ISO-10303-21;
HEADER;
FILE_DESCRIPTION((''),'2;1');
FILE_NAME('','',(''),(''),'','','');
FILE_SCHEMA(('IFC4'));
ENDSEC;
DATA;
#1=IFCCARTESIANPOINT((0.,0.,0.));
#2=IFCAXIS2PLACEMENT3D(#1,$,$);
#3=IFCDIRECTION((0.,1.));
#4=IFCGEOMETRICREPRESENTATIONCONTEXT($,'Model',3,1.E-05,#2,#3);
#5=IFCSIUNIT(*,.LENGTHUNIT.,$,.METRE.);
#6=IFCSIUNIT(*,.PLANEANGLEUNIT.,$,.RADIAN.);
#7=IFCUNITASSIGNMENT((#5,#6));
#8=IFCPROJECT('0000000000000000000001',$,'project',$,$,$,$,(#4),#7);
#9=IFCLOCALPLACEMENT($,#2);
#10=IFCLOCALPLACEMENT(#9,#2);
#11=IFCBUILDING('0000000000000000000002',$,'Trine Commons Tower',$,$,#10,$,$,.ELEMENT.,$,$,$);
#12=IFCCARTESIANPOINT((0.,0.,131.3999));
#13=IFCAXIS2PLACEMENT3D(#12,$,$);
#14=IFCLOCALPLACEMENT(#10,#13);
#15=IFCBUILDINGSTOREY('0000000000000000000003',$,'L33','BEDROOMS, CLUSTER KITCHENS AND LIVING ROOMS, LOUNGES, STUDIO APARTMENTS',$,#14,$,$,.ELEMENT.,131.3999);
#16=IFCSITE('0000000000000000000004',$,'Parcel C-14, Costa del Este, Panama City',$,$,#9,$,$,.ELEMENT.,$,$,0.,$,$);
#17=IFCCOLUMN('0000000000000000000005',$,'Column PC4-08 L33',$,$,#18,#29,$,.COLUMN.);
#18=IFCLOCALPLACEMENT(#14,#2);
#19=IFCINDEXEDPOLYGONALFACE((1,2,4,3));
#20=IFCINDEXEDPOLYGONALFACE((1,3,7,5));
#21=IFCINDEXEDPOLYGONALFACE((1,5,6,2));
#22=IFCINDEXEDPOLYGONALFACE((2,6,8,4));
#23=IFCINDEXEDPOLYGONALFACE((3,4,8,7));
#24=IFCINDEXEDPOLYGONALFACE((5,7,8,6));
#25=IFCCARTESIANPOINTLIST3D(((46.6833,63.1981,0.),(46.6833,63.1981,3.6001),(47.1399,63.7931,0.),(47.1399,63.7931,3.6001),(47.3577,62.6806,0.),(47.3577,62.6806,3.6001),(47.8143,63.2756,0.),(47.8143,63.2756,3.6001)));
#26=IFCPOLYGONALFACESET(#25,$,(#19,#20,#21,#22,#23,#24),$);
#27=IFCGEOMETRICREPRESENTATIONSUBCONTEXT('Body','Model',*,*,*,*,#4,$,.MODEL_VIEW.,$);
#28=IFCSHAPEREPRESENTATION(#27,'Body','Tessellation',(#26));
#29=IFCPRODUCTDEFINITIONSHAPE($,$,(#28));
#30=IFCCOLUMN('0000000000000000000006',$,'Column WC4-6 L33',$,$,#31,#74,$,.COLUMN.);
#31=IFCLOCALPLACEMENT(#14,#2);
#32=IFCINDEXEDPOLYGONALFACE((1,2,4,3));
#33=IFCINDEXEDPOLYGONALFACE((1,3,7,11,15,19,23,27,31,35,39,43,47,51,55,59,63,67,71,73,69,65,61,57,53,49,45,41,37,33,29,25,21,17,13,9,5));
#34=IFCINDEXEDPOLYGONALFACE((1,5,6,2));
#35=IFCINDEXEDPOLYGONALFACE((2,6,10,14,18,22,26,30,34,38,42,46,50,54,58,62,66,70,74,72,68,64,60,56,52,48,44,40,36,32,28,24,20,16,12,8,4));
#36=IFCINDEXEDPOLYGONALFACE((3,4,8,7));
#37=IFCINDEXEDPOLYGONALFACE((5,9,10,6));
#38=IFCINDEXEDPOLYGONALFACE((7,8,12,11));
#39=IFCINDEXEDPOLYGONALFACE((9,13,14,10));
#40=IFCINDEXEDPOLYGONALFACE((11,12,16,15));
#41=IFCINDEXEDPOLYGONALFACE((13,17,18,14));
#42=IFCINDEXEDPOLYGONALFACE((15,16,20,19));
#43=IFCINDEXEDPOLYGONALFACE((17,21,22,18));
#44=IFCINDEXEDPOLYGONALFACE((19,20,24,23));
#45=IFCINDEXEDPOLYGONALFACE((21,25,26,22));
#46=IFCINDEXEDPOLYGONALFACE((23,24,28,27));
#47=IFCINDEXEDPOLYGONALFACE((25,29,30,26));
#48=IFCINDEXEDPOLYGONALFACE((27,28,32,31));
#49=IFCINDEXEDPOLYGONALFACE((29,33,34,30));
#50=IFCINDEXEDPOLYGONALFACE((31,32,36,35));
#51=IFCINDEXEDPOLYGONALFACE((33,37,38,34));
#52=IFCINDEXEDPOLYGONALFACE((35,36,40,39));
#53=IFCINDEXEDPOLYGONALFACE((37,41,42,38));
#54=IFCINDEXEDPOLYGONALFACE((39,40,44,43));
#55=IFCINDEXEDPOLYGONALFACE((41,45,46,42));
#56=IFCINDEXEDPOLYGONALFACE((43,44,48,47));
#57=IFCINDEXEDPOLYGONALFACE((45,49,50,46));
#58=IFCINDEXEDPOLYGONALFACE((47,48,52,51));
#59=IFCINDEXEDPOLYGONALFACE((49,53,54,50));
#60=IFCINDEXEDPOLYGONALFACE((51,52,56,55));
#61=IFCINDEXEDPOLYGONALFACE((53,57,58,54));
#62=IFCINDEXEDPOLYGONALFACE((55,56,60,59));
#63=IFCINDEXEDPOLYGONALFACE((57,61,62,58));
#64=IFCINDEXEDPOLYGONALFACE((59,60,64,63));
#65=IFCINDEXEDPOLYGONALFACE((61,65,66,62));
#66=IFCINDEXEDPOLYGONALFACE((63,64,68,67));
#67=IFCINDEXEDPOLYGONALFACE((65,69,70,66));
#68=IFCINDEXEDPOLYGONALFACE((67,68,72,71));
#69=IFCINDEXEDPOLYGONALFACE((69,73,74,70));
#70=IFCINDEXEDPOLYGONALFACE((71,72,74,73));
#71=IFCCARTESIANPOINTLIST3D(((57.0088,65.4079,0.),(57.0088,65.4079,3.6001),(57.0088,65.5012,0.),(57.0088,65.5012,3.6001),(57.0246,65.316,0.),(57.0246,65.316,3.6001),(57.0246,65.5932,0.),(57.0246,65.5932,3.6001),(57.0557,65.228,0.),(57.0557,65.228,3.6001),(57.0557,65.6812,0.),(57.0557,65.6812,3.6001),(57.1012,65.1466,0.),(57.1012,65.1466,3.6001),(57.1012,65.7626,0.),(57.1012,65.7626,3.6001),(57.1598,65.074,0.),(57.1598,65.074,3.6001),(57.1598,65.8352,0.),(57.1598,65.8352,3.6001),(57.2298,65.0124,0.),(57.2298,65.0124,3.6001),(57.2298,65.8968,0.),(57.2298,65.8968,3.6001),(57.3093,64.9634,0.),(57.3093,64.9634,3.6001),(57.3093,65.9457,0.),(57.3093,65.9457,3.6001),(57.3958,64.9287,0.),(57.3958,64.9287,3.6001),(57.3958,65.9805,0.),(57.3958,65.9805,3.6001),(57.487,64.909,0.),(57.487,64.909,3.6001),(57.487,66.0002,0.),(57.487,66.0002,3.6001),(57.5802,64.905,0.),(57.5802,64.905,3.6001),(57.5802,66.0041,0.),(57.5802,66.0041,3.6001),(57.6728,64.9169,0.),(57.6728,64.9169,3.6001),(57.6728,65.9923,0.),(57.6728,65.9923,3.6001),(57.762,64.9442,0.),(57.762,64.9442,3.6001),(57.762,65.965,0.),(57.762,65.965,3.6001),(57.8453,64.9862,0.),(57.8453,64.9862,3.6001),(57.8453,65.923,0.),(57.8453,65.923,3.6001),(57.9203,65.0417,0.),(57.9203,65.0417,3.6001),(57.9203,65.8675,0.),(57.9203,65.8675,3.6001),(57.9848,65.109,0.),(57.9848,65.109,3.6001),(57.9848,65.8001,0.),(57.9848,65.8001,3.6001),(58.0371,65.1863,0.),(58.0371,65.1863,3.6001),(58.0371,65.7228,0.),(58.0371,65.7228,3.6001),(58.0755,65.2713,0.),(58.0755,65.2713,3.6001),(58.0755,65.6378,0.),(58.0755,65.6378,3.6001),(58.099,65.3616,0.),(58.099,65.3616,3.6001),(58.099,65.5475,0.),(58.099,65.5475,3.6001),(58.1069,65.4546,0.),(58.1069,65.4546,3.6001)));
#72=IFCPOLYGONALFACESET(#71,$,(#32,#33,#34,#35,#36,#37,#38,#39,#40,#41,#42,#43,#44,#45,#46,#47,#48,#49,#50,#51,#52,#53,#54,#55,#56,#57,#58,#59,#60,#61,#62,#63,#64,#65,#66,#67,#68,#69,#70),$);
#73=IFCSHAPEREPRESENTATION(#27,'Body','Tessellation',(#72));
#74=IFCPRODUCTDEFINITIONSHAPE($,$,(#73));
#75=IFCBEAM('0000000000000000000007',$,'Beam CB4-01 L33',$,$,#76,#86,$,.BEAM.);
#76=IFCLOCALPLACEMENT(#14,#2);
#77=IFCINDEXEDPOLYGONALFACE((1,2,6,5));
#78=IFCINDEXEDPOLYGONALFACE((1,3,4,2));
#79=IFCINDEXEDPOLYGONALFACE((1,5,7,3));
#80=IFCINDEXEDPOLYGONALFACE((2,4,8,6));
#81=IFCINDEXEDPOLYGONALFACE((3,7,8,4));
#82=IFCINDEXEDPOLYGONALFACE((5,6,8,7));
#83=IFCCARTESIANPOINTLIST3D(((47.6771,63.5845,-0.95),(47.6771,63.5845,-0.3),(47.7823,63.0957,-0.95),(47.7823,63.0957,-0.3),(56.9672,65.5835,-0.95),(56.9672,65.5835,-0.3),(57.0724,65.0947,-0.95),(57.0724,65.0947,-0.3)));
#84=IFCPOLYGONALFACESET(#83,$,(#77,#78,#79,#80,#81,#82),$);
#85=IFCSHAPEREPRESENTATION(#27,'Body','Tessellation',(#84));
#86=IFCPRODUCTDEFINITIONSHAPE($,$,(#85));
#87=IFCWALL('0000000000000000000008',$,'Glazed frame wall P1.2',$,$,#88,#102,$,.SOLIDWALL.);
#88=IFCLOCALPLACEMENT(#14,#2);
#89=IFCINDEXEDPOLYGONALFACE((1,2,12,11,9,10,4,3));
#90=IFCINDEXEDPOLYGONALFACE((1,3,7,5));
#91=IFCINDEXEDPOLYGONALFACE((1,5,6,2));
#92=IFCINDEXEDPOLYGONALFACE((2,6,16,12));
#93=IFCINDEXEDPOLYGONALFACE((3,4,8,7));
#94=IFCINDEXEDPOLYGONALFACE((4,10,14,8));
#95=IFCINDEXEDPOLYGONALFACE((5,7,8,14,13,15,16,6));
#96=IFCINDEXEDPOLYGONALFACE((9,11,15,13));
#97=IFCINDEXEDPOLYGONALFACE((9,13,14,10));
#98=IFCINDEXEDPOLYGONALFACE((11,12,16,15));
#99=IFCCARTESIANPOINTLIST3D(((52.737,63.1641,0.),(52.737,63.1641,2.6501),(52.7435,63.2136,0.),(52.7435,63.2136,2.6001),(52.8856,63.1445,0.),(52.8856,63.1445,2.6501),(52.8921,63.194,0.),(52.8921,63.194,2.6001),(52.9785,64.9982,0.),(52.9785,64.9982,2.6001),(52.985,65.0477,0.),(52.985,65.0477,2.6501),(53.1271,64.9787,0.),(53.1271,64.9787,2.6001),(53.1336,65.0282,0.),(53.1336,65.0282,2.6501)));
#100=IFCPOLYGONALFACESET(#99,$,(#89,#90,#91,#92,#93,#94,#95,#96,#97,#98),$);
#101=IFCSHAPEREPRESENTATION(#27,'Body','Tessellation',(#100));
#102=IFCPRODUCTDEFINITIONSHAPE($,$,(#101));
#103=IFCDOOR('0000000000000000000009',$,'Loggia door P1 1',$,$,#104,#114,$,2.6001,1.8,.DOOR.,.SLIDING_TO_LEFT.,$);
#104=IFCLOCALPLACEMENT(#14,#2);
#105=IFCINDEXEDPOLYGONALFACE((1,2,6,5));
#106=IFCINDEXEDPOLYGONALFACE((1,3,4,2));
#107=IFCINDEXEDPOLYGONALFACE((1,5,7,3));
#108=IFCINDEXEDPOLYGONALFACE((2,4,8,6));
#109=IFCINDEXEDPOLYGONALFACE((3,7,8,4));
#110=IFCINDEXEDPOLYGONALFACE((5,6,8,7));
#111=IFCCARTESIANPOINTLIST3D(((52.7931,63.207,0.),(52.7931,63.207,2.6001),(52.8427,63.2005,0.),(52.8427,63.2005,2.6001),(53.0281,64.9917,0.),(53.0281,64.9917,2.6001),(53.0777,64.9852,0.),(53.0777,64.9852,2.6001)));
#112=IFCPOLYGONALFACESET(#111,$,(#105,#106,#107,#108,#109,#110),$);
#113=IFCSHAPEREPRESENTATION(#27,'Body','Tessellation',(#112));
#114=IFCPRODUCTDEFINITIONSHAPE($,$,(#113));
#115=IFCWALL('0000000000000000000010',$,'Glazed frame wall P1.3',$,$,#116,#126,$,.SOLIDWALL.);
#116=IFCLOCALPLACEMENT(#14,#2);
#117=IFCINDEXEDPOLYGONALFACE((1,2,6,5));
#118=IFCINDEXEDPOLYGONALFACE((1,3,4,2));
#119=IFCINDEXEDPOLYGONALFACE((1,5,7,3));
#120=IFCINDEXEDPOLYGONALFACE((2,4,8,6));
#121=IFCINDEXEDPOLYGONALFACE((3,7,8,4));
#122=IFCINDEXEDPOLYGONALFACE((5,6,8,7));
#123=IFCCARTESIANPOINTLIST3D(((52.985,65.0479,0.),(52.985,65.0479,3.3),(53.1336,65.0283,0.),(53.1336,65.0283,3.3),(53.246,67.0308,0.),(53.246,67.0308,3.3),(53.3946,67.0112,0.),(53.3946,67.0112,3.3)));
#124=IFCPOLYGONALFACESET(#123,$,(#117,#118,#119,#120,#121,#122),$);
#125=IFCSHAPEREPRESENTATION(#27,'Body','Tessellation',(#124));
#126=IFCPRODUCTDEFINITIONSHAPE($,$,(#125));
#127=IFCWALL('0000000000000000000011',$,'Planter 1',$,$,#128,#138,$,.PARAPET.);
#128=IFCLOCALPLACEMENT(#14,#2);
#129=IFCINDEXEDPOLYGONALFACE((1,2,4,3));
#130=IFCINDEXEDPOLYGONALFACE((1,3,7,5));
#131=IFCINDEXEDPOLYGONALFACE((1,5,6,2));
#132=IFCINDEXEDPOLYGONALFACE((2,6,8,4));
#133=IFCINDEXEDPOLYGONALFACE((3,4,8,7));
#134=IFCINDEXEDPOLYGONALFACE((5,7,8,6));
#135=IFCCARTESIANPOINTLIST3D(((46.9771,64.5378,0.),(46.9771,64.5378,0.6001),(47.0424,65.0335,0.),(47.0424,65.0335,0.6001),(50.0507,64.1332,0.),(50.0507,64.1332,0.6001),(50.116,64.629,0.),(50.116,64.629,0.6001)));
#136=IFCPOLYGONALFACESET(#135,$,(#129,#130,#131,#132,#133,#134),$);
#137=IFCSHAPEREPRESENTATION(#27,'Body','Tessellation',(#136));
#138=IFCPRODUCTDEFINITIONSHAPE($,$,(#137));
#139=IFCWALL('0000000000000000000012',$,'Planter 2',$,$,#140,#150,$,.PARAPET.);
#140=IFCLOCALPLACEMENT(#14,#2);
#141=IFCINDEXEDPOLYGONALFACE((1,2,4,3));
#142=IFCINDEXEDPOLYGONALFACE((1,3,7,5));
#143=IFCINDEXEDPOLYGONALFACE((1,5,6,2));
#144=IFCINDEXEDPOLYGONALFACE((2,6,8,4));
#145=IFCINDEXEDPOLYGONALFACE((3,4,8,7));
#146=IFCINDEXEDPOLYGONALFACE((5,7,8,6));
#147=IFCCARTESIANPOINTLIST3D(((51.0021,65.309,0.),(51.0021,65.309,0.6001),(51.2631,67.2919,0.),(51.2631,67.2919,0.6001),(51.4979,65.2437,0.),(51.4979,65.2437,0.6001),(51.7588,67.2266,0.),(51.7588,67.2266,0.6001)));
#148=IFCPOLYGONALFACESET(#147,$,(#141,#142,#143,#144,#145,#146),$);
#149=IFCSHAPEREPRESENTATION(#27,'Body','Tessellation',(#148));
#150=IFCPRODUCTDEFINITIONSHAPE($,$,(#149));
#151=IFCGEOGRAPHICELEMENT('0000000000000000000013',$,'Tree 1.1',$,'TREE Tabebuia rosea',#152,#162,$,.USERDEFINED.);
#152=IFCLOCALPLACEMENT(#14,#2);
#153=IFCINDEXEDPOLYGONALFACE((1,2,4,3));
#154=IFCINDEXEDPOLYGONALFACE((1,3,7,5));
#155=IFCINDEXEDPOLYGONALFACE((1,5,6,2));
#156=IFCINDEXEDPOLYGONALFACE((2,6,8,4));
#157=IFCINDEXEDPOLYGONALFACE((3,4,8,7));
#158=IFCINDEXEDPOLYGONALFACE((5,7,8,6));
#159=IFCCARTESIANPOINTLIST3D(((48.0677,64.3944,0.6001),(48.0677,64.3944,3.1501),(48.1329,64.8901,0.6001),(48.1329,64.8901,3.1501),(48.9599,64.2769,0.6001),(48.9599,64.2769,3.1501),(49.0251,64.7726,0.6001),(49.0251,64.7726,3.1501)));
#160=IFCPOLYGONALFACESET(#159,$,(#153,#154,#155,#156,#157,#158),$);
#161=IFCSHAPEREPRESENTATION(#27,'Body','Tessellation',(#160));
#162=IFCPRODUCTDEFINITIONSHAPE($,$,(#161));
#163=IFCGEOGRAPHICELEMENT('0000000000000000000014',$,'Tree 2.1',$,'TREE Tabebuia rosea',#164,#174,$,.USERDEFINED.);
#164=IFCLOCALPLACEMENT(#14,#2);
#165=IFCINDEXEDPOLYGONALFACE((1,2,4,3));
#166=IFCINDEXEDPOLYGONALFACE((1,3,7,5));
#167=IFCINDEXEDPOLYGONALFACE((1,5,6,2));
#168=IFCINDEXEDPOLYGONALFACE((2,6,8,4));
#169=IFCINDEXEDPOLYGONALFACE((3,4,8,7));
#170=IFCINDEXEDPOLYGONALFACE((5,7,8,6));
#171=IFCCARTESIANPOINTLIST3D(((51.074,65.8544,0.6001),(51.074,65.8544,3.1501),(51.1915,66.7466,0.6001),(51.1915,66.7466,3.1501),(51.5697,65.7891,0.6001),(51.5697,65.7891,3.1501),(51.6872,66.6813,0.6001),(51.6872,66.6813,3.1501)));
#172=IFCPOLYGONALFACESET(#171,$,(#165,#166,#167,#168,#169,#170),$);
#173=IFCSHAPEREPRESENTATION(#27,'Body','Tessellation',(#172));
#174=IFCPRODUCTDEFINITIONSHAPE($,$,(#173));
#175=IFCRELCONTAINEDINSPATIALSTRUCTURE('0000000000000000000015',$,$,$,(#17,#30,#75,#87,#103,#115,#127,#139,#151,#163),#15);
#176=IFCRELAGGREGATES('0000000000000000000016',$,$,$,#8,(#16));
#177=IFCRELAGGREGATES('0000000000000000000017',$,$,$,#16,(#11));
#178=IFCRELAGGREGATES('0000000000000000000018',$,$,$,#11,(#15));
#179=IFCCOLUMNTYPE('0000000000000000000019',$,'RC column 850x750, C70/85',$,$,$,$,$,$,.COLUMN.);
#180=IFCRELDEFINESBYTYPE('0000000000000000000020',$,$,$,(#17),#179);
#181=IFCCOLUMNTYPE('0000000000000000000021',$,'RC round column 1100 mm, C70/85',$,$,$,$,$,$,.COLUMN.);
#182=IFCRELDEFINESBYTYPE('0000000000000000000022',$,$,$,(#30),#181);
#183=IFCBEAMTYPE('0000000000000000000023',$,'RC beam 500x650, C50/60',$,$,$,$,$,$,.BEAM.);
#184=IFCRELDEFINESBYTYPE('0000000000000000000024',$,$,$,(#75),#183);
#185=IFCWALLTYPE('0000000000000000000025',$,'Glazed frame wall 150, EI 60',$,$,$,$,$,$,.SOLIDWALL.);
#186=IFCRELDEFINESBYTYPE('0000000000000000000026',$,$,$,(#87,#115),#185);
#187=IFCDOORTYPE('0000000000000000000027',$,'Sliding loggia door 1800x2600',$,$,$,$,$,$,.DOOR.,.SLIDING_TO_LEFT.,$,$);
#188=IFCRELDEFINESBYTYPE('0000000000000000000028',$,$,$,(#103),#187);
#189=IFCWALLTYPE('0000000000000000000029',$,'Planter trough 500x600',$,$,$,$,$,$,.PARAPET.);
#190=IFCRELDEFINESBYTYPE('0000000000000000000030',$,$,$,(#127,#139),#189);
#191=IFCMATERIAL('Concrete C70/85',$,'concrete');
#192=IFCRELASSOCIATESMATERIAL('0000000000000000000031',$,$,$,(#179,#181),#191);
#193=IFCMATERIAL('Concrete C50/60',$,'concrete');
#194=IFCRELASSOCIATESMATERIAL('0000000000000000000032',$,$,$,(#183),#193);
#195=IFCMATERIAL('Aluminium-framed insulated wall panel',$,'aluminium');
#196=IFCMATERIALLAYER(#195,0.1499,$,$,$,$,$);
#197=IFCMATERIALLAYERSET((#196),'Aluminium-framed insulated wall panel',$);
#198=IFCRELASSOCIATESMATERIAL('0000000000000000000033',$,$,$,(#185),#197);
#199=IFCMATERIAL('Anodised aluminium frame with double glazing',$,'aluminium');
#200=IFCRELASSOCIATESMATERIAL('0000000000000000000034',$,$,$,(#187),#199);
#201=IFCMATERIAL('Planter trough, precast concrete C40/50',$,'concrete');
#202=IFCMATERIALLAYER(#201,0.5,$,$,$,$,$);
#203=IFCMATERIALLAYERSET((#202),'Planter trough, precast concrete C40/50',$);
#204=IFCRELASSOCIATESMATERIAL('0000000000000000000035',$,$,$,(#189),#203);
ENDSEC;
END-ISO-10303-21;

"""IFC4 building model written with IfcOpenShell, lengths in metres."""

from ifc_helpers import new_model, si_unit, direction, frame, frame_2d, origin, origin_2d, place, context, subcontext, project, spatial, polyline, rectangle, circle, outline, extrude, material, layer, layer_set, material_profile, profile_set, type_object, element, fill, save


model = new_model("IFC4")

# Units and contexts
model_context = context("Model", 3, precision=1e-05, world=origin(), true_north=direction((0.0, 1.0)))
body_context = subcontext(model_context, "Body", "Model", "MODEL_VIEW")
ifc_project = project(units=[si_unit("LENGTHUNIT", "METRE"), si_unit("PLANEANGLEUNIT", "RADIAN")], contexts=[model_context])

# Site, building, storey
site_placement = place(None, origin())
site = spatial("IfcSite", under=ifc_project, at=site_placement, Name="Parcel C-14, Costa del Este, Panama City", CompositionType="ELEMENT", RefElevation=0.0)
building_placement = place(site_placement, origin())
building = spatial("IfcBuilding", under=site, at=building_placement, Name="Trine Commons Tower", CompositionType="ELEMENT")
storey_placement = place(building_placement, frame((0.0, 0.0, 131.3999)))
storey = spatial("IfcBuildingStorey", under=building, at=storey_placement, Name="L33", Description="BEDROOMS, CLUSTER KITCHENS AND LIVING ROOMS, LOUNGES, STUDIO APARTMENTS", CompositionType="ELEMENT", Elevation=131.3999)

# Columns
ifc_material_1 = material(Name="Concrete C70/85", Category="concrete")
ifc_material_profile_1 = material_profile(ifc_material_1, rectangle(XDim=0.8501, YDim=0.75, at=origin_2d()), Name="RC 850x750")
ifc_profile_set_1 = profile_set([ifc_material_profile_1], Name="Concrete C70/85")
column_type_1 = type_object("IfcColumnType", Name="RC column 850x750, C70/85", PredefinedType="COLUMN", material=ifc_profile_set_1)
column_1_placement = place(storey_placement, frame((47.2488, 63.2368, 0.0), z_axis=(0.0, 0.0, 1.0), x_axis=(-0.793353, 0.608761, 0.0)))
element("IfcColumn", 1, at=column_1_placement, inside=storey, type_object=column_type_1, Name="Column PC4-08 L33", PredefinedType="COLUMN", context=body_context, shape_type="SweptSolid", body=[
    extrude(rectangle(XDim=0.8501, YDim=0.75, at=origin_2d()), origin(), (0.0, 0.0, 1.0), 3.6001),
])
ifc_material_profile_2 = material_profile(ifc_material_1, circle(Radius=0.55, at=origin_2d()), Name="RC round 1100")
ifc_profile_set_2 = profile_set([ifc_material_profile_2], Name="Concrete C70/85")
column_type_2 = type_object("IfcColumnType", Name="RC round column 1100 mm, C70/85", PredefinedType="COLUMN", material=ifc_profile_set_2)
column_2_placement = place(storey_placement, frame((57.5569, 65.4546, 0.0), z_axis=(0.0, 0.0, 1.0), x_axis=(1.0, 0.0, 0.0)))
element("IfcColumn", 2, at=column_2_placement, inside=storey, type_object=column_type_2, Name="Column WC4-6 L33", PredefinedType="COLUMN", context=body_context, shape_type="SweptSolid", body=[
    extrude(circle(Radius=0.55, at=origin_2d()), origin(), (0.0, 0.0, 1.0), 3.6001),
])

# Beam
ifc_material_2 = material(Name="Concrete C50/60", Category="concrete")
ifc_material_profile_3 = material_profile(ifc_material_2, rectangle(XDim=0.5, YDim=0.6499, at=origin_2d()), Name="RC 500x650")
ifc_profile_set_3 = profile_set([ifc_material_profile_3], Name="Concrete C50/60")
beam_type = type_object("IfcBeamType", Name="RC beam 500x650, C50/60", PredefinedType="BEAM", material=ifc_profile_set_3)
beam_placement = place(storey_placement, frame((47.7297, 63.3401, -0.625), z_axis=(0.977623, 0.210364, 0.0), x_axis=(-0.210364, 0.977623, 0.0)))
element("IfcBeam", 3, at=beam_placement, inside=storey, type_object=beam_type, Name="Beam CB4-01 L33", PredefinedType="BEAM", context=body_context, shape_type="SweptSolid", body=[
    extrude(rectangle(XDim=0.5, YDim=0.6499, at=origin_2d()), origin(), (0.0, 0.0, 1.0), 9.5027),
])

# Shared definitions
ifc_material_3 = material(Name="Aluminium-framed insulated wall panel", Category="aluminium")
ifc_layer_1 = layer(ifc_material_3, 0.1499)
ifc_layer_set_1 = layer_set([ifc_layer_1], Name="Aluminium-framed insulated wall panel")
wall_type_1 = type_object("IfcWallType", Name="Glazed frame wall 150, EI 60", PredefinedType="SOLIDWALL", material=ifc_layer_set_1)

# Wall, opening, door
wall_1_placement = place(storey_placement, frame((52.8113, 63.1543, 0.0), z_axis=(0.0, 0.0, 1.0), x_axis=(0.130548, 0.991442, 0.0)))
wall_1 = element("IfcWall", 4, at=wall_1_placement, inside=storey, type_object=wall_type_1, Name="Glazed frame wall P1.2", PredefinedType="SOLIDWALL", context=body_context, shape_type="SweptSolid", body=[
    extrude(outline(polyline([(0.0, -0.075), (1.8999, -0.075), (1.8999, 0.075), (0.0, 0.075), (0.0, -0.075)])), origin(), (0.0, 0.0, 1.0), 2.6501),
])
opening_placement = place(wall_1_placement, frame((0.05, 0.0, 0.0)))
opening = element("IfcOpeningElement", 5, at=opening_placement, cuts=wall_1, PredefinedType="OPENING", context=body_context, shape_type="SweptSolid", body=[
    extrude(rectangle(XDim=1.8, YDim=2.6001, at=frame_2d((0.8999, 1.3))), frame((0.0, 0.085, 0.0), z_axis=(0.0, -1.0, 0.0), x_axis=(1.0, 0.0, 0.0)), (0.0, 0.0, 1.0), 0.1699),
])
ifc_material_4 = material(Name="Anodised aluminium frame with double glazing", Category="aluminium")
door_type = type_object("IfcDoorType", Name="Sliding loggia door 1800x2600", OperationType="SLIDING_TO_LEFT", PredefinedType="DOOR", material=ifc_material_4)
door_placement = place(opening_placement, origin())
door = element("IfcDoor", 6, at=door_placement, inside=storey, type_object=door_type, Name="Loggia door P1 1", OperationType="SLIDING_TO_LEFT", OverallHeight=2.6001, OverallWidth=1.8, PredefinedType="DOOR", context=body_context, shape_type="SweptSolid", body=[
    extrude(rectangle(XDim=1.8, YDim=2.6001, at=frame_2d((0.8999, 1.3))), frame((0.0, 0.0249, 0.0), z_axis=(0.0, -1.0, 0.0), x_axis=(1.0, 0.0, 0.0)), (0.0, 0.0, 1.0), 0.05),
])
fill(opening, door)

# Walls
wall_2_placement = place(storey_placement, frame((53.0593, 65.0381, 0.0), z_axis=(0.0, 0.0, 1.0), x_axis=(0.130492, 0.991449, 0.0)))
element("IfcWall", 7, at=wall_2_placement, inside=storey, type_object=wall_type_1, Name="Glazed frame wall P1.3", PredefinedType="SOLIDWALL", context=body_context, shape_type="SweptSolid", body=[
    extrude(outline(polyline([(0.0, -0.075), (2.0, -0.075), (2.0, 0.075), (0.0, 0.075), (0.0, -0.075)])), origin(), (0.0, 0.0, 1.0), 3.3),
])
ifc_material_5 = material(Name="Planter trough, precast concrete C40/50", Category="concrete")
ifc_layer_2 = layer(ifc_material_5, 0.5)
ifc_layer_set_2 = layer_set([ifc_layer_2], Name="Planter trough, precast concrete C40/50")
wall_type_2 = type_object("IfcWallType", Name="Planter trough 500x600", PredefinedType="PARAPET", material=ifc_layer_set_2)
wall_3_placement = place(storey_placement, frame((47.0098, 64.7856, 0.0), z_axis=(0.0, 0.0, 1.0), x_axis=(0.991449, -0.130497, 0.0)))
element("IfcWall", 8, at=wall_3_placement, inside=storey, type_object=wall_type_2, Name="Planter 1", PredefinedType="PARAPET", context=body_context, shape_type="SweptSolid", body=[
    extrude(rectangle(XDim=3.1001, YDim=0.5, at=frame_2d((1.55, 0.0))), origin(), (0.0, 0.0, 1.0), 0.6001),
])
wall_4_placement = place(storey_placement, frame((51.25, 65.2764, 0.0), z_axis=(0.0, 0.0, 1.0), x_axis=(0.130492, 0.991449, 0.0)))
element("IfcWall", 9, at=wall_4_placement, inside=storey, type_object=wall_type_2, Name="Planter 2", PredefinedType="PARAPET", context=body_context, shape_type="SweptSolid", body=[
    extrude(rectangle(XDim=2.0, YDim=0.5, at=frame_2d((1.0, 0.0))), origin(), (0.0, 0.0, 1.0), 0.6001),
])

# Geographic elements
for number, where, z_axis, x_axis, name in (
    (10, (48.5464, 64.5835, 0.6001), (0.0, 0.0, 1.0), (0.991446, -0.130514, 0.0), "Tree 1.1"),
    (11, (51.3806, 66.2678, 0.6001), (0.0, 0.0, 1.0), (0.130543, 0.991443, 0.0), "Tree 2.1"),
):
    element("IfcGeographicElement", number, at=place(storey_placement, frame(where, z_axis=z_axis, x_axis=x_axis)), inside=storey, Name=name, ObjectType="TREE Tabebuia rosea", PredefinedType="USERDEFINED", context=body_context, shape_type="SweptSolid", body=[
        extrude(rectangle(XDim=0.8999, YDim=0.5, at=origin_2d()), origin(), (0.0, 0.0, 1.0), 2.55),
    ])

save(model, "model.ifc")
